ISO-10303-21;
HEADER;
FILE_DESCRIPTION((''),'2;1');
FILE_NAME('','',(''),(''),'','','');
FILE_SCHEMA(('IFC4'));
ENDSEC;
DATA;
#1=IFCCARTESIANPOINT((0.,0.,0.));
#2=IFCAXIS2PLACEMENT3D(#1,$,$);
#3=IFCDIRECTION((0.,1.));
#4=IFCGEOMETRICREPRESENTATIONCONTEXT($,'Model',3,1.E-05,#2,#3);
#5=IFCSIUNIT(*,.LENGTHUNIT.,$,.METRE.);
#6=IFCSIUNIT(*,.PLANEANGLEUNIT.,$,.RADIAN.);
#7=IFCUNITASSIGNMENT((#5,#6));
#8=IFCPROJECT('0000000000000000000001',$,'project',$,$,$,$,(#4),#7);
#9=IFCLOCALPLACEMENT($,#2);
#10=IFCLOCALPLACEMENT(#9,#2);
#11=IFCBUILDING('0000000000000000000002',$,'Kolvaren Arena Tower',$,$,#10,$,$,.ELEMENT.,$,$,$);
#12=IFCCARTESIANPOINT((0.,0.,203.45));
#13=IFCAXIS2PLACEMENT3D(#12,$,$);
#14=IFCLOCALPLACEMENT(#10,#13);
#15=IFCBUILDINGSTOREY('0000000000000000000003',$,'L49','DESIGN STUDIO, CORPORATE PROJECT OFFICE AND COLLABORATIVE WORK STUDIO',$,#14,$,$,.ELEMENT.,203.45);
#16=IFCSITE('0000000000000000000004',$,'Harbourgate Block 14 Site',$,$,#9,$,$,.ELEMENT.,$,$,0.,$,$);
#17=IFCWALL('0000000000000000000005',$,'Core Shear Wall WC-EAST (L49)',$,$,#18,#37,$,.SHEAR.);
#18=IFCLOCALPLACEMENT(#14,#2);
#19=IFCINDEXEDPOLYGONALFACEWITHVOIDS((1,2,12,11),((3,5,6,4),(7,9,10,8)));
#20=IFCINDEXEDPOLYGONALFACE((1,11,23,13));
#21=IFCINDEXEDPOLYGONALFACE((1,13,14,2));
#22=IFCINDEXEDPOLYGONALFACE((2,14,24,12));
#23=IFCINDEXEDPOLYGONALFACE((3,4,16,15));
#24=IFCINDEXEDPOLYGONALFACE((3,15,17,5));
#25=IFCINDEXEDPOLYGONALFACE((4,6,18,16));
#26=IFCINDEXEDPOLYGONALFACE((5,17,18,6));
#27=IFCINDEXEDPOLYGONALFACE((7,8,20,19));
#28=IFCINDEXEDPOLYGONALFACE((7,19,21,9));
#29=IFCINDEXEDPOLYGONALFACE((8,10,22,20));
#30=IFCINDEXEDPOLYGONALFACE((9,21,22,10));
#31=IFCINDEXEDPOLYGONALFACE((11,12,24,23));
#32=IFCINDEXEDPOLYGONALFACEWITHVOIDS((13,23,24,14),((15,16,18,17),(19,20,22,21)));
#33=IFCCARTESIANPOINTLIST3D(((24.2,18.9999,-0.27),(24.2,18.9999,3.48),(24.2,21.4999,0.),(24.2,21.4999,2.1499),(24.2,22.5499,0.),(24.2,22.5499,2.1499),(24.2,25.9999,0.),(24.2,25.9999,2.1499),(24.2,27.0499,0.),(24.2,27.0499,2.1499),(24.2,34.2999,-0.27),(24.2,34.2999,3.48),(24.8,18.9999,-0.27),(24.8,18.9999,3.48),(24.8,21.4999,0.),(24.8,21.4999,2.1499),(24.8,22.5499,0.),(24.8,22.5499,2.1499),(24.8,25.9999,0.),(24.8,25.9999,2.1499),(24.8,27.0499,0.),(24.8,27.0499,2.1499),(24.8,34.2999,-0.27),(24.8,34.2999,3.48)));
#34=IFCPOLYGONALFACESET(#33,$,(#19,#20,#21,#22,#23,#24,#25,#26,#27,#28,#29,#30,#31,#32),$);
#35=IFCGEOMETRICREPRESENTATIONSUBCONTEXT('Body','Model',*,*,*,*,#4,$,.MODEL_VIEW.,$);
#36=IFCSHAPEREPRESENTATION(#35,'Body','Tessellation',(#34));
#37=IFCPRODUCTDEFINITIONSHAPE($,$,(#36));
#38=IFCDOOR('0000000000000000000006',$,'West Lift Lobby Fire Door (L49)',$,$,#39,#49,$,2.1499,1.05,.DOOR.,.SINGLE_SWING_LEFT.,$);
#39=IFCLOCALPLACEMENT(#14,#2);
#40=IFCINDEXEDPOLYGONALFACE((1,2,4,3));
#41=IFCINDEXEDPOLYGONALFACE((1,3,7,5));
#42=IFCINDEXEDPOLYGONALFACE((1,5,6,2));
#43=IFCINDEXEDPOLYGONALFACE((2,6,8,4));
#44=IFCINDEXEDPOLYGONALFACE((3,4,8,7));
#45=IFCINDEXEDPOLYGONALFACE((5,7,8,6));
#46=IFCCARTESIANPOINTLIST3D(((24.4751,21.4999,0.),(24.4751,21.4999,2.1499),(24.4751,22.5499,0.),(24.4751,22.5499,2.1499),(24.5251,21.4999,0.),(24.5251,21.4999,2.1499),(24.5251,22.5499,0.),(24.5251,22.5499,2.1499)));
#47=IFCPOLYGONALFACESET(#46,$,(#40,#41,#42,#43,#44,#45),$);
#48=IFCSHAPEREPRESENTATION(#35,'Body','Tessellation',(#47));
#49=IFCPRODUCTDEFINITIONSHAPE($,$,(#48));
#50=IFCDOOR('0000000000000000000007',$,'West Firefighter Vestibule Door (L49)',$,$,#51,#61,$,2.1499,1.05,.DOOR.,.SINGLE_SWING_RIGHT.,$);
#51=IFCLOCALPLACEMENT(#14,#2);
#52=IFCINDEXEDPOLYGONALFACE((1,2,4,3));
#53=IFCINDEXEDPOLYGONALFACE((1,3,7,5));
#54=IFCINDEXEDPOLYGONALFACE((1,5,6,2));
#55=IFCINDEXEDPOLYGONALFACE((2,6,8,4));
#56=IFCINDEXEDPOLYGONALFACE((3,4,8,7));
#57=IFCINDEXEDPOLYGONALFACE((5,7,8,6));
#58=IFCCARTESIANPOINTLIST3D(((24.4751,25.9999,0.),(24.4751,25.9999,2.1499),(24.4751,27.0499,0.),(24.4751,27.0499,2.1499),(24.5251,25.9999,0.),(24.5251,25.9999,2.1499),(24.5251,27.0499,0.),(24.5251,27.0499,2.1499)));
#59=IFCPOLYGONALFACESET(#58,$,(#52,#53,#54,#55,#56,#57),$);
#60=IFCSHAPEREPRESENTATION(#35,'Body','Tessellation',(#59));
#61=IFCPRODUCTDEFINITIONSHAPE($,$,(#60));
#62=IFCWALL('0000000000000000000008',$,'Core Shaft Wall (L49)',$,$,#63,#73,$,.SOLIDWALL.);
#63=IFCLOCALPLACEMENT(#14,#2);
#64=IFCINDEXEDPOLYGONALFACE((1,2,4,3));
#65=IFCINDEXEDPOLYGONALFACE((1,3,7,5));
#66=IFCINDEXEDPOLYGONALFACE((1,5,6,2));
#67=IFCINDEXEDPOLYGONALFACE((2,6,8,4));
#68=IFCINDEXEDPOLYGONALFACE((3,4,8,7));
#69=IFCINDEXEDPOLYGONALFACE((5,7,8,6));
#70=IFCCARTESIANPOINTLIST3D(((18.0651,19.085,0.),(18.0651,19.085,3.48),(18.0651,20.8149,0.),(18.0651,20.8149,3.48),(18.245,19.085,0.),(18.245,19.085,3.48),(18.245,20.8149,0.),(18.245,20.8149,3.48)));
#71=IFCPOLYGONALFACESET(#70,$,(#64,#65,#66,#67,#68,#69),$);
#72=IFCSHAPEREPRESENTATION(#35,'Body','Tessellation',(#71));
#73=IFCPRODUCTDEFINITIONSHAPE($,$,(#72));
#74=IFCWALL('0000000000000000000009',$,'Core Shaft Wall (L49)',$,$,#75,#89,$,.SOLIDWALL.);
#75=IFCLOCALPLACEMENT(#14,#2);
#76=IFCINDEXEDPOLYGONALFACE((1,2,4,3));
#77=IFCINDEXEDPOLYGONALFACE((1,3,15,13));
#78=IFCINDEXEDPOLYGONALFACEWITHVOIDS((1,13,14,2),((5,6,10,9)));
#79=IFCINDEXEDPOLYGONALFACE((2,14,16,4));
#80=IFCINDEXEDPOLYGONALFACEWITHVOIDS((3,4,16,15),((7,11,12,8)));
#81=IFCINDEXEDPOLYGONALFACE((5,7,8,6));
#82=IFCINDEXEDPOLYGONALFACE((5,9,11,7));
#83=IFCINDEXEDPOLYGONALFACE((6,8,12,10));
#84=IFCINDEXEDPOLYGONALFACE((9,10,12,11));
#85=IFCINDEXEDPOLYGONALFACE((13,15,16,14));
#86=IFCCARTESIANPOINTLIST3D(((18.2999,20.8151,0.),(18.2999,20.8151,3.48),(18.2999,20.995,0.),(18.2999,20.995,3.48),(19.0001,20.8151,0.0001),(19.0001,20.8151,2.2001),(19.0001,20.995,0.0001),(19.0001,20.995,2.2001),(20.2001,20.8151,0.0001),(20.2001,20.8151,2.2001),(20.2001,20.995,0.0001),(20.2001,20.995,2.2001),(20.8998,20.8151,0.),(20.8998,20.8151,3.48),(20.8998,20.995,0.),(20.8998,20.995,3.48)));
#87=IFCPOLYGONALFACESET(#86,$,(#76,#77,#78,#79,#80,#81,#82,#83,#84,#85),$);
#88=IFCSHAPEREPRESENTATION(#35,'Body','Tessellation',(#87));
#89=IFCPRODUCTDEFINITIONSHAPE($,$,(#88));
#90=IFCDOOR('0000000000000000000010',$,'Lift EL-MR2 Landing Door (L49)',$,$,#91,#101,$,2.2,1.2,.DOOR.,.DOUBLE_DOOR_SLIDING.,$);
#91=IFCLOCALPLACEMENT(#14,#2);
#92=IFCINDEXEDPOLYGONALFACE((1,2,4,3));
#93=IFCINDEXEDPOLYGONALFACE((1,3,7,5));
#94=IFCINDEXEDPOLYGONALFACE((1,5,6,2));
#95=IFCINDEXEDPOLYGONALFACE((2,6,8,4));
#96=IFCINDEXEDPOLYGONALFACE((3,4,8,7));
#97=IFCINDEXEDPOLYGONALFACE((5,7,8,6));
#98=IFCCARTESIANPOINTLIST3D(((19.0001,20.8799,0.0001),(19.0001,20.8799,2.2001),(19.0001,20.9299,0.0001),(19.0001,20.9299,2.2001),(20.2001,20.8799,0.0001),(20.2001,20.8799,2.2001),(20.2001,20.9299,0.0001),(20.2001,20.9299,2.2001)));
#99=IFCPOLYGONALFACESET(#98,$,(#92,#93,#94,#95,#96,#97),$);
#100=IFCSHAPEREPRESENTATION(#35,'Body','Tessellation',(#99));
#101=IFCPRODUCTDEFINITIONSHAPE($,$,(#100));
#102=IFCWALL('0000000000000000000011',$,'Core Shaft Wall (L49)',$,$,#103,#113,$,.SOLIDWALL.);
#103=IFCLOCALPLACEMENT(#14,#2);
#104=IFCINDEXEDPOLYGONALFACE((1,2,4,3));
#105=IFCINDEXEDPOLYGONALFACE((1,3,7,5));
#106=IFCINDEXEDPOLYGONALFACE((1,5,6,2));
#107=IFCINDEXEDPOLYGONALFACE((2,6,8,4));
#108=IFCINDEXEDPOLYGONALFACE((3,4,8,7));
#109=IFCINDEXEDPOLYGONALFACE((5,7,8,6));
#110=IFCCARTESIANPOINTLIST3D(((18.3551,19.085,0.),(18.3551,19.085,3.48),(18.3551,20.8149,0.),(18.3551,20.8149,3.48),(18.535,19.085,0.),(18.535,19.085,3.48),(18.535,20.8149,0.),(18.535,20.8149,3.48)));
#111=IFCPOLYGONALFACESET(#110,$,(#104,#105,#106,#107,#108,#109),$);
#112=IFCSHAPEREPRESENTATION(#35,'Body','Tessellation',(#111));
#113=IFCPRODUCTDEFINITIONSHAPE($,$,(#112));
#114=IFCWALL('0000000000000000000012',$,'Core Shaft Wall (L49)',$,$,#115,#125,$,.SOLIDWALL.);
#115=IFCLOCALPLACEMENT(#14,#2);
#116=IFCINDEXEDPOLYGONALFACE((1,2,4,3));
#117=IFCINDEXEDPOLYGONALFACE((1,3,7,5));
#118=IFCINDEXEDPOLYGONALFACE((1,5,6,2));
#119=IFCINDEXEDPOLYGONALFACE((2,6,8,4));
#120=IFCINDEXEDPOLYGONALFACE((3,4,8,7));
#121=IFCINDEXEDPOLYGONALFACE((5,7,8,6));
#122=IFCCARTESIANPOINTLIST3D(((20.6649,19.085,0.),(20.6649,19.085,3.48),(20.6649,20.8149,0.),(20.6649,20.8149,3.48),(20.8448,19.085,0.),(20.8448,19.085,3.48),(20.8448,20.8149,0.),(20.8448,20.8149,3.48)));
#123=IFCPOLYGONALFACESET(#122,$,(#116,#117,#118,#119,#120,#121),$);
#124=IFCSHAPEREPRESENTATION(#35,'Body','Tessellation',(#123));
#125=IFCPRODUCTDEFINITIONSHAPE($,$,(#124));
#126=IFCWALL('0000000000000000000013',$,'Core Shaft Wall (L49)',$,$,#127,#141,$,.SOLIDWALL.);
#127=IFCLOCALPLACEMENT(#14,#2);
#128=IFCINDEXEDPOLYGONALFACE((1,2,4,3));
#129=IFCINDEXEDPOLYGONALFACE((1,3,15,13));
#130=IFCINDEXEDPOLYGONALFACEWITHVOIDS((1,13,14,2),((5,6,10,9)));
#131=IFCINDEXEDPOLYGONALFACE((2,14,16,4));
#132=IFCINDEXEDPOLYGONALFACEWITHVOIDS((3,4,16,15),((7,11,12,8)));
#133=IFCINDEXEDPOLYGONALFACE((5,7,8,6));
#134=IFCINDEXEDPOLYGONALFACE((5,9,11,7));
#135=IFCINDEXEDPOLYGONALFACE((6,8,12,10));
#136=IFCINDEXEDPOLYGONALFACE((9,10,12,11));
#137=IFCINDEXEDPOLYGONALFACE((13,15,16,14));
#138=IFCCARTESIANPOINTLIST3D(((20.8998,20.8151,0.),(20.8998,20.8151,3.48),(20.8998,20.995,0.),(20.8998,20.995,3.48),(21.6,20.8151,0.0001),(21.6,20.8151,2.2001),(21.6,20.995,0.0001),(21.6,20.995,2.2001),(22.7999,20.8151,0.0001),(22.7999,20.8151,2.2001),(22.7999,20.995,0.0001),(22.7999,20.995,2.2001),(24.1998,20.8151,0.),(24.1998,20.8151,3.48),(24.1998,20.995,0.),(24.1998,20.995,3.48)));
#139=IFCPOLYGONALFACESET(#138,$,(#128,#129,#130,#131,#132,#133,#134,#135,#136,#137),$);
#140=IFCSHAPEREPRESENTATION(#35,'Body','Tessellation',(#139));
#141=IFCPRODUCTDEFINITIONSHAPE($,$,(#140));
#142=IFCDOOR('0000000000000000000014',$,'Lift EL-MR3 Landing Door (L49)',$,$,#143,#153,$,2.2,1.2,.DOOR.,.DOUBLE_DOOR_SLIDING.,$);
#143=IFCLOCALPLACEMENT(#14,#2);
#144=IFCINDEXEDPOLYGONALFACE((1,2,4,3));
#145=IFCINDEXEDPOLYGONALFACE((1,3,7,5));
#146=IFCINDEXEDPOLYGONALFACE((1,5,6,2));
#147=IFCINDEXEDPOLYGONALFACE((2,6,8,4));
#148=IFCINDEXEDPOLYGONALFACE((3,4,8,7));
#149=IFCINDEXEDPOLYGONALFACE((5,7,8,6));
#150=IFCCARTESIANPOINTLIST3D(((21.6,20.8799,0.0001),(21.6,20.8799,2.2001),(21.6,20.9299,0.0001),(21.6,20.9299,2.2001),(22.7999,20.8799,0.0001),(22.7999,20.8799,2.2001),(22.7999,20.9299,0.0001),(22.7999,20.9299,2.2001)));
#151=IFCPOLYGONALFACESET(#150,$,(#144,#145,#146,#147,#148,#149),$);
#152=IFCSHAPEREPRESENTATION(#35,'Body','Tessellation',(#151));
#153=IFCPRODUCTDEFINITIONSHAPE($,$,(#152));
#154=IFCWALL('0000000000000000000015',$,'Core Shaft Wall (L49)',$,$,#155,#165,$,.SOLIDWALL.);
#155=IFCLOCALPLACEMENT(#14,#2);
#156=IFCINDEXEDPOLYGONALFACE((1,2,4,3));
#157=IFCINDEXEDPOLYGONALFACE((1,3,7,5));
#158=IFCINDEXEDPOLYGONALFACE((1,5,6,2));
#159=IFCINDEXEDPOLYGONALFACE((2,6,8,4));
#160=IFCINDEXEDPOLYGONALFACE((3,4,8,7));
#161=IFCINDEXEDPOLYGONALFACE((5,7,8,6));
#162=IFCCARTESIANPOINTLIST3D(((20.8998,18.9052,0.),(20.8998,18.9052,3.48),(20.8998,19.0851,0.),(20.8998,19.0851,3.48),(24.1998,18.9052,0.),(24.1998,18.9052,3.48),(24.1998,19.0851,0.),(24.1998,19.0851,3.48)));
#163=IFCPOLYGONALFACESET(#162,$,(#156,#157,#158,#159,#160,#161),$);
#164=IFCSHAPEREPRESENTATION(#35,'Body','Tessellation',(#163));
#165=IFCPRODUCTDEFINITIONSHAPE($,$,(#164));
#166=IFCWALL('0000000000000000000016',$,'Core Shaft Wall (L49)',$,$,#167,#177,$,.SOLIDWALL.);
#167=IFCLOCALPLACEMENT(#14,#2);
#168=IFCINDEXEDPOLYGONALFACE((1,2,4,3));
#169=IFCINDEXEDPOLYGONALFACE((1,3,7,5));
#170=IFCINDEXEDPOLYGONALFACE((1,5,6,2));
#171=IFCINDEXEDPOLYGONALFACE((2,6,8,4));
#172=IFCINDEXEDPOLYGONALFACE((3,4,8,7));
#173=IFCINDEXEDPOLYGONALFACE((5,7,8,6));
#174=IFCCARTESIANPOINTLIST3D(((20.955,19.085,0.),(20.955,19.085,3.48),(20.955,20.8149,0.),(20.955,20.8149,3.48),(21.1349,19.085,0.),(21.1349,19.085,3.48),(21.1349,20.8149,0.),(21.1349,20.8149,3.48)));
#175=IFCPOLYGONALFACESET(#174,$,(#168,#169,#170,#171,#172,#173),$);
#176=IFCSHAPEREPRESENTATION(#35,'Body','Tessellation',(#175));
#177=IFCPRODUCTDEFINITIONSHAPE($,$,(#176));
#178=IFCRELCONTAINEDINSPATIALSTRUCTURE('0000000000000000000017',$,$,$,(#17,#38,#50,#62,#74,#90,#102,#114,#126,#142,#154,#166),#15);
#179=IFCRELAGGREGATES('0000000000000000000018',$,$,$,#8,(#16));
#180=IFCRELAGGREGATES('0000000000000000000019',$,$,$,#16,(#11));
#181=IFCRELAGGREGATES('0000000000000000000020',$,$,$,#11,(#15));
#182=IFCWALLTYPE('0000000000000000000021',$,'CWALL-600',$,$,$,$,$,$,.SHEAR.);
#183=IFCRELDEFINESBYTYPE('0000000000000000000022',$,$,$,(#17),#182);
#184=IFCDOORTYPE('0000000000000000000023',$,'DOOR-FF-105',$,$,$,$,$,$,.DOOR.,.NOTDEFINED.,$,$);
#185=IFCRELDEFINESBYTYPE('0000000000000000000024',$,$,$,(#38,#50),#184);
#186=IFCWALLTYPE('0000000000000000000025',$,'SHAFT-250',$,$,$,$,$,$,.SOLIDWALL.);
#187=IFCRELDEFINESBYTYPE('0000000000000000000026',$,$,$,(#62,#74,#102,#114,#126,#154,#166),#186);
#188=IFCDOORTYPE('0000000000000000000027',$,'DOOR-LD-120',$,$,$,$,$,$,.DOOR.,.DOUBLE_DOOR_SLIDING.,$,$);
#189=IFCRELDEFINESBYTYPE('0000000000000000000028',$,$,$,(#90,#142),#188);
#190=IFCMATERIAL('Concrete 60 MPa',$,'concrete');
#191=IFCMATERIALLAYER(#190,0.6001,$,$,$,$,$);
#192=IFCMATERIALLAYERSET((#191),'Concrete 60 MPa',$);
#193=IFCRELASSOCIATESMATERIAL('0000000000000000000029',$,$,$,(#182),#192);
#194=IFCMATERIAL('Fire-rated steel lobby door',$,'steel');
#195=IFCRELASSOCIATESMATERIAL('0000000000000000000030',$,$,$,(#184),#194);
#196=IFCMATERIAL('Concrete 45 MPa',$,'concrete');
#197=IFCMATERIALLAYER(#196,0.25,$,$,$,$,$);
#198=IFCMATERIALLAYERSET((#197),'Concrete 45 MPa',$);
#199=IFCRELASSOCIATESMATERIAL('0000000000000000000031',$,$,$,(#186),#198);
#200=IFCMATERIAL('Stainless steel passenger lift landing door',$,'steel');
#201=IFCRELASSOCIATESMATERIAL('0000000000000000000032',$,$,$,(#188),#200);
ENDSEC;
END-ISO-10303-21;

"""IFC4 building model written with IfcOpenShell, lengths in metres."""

from ifc_helpers import new_model, si_unit, direction, frame, frame_2d, origin, place, context, subcontext, project, spatial, rectangle, extrude, material, layer, layer_set, type_object, element, fill, save


model = new_model("IFC4")

# Units and contexts
model_context = context("Model", 3, precision=1e-05, world=origin(), true_north=direction((0.0, 1.0)))
body_context = subcontext(model_context, "Body", "Model", "MODEL_VIEW")
ifc_project = project(units=[si_unit("LENGTHUNIT", "METRE"), si_unit("PLANEANGLEUNIT", "RADIAN")], contexts=[model_context])

# Site, building, storey
site_placement = place(None, origin())
site = spatial("IfcSite", under=ifc_project, at=site_placement, Name="Harbourgate Block 14 Site", CompositionType="ELEMENT", RefElevation=0.0)
building_placement = place(site_placement, origin())
building = spatial("IfcBuilding", under=site, at=building_placement, Name="Kolvaren Arena Tower", CompositionType="ELEMENT")
storey_placement = place(building_placement, frame((0.0, 0.0, 203.45)))
storey = spatial("IfcBuildingStorey", under=building, at=storey_placement, Name="L49", Description="DESIGN STUDIO, CORPORATE PROJECT OFFICE AND COLLABORATIVE WORK STUDIO", CompositionType="ELEMENT", Elevation=203.45)

# Wall, openings, doors
ifc_material_1 = material(Name="Concrete 60 MPa", Category="concrete")
ifc_layer_1 = layer(ifc_material_1, 0.6001)
ifc_layer_set_1 = layer_set([ifc_layer_1], Name="Concrete 60 MPa")
wall_type_1 = type_object("IfcWallType", Name="CWALL-600", PredefinedType="SHEAR", material=ifc_layer_set_1)
wall_1_placement = place(storey_placement, frame((24.5, 19.0, -0.27), z_axis=(0.0, 0.0, 1.0), x_axis=(0.0, 1.0, 0.0)))
wall_1 = element("IfcWall", 1, at=wall_1_placement, inside=storey, type_object=wall_type_1, Name="Core Shear Wall WC-EAST (L49)", PredefinedType="SHEAR", context=body_context, shape_type="SweptSolid", body=[
    extrude(rectangle(XDim=15.3, YDim=0.6001, at=frame_2d((7.6499, 0.0))), origin(), (0.0, 0.0, 1.0), 3.75),
])
opening_1_placement = place(wall_1_placement, frame((2.5, 0.0, 0.27)))
opening_1 = element("IfcOpeningElement", 2, at=opening_1_placement, cuts=wall_1, PredefinedType="OPENING", context=body_context, shape_type="SweptSolid", body=[
    extrude(rectangle(XDim=1.05, YDim=2.1499, at=frame_2d((0.5249, 1.075))), frame((0.0, 0.3101, 0.0), z_axis=(0.0, -1.0, 0.0), x_axis=(1.0, 0.0, 0.0)), (0.0, 0.0, 1.0), 0.6201),
])
opening_2_placement = place(wall_1_placement, frame((7.0, 0.0, 0.27)))
opening_2 = element("IfcOpeningElement", 3, at=opening_2_placement, cuts=wall_1, PredefinedType="OPENING", context=body_context, shape_type="SweptSolid", body=[
    extrude(rectangle(XDim=1.05, YDim=2.1499, at=frame_2d((0.5249, 1.075))), frame((0.0, 0.3101, 0.0), z_axis=(0.0, -1.0, 0.0), x_axis=(1.0, 0.0, 0.0)), (0.0, 0.0, 1.0), 0.6201),
])
ifc_material_2 = material(Name="Fire-rated steel lobby door", Category="steel")
door_type_1 = type_object("IfcDoorType", Name="DOOR-FF-105", OperationType="NOTDEFINED", PredefinedType="DOOR", material=ifc_material_2)
door_1_placement = place(opening_1_placement, origin())
door_1 = element("IfcDoor", 4, at=door_1_placement, inside=storey, type_object=door_type_1, Name="West Lift Lobby Fire Door (L49)", OperationType="SINGLE_SWING_LEFT", OverallHeight=2.1499, OverallWidth=1.05, PredefinedType="DOOR", context=body_context, shape_type="SweptSolid", body=[
    extrude(rectangle(XDim=1.05, YDim=2.1499, at=frame_2d((0.5249, 1.075))), frame((0.0, 0.0249, 0.0), z_axis=(0.0, -1.0, 0.0), x_axis=(1.0, 0.0, 0.0)), (0.0, 0.0, 1.0), 0.05),
])
fill(opening_1, door_1)
door_2_placement = place(opening_2_placement, origin())
door_2 = element("IfcDoor", 5, at=door_2_placement, inside=storey, type_object=door_type_1, Name="West Firefighter Vestibule Door (L49)", OperationType="SINGLE_SWING_RIGHT", OverallHeight=2.1499, OverallWidth=1.05, PredefinedType="DOOR", context=body_context, shape_type="SweptSolid", body=[
    extrude(rectangle(XDim=1.05, YDim=2.1499, at=frame_2d((0.5249, 1.075))), frame((0.0, 0.0249, 0.0), z_axis=(0.0, -1.0, 0.0), x_axis=(1.0, 0.0, 0.0)), (0.0, 0.0, 1.0), 0.05),
])
fill(opening_2, door_2)

# Wall
ifc_material_3 = material(Name="Concrete 45 MPa", Category="concrete")
ifc_layer_2 = layer(ifc_material_3, 0.25)
ifc_layer_set_2 = layer_set([ifc_layer_2], Name="Concrete 45 MPa")
wall_type_2 = type_object("IfcWallType", Name="SHAFT-250", PredefinedType="SOLIDWALL", material=ifc_layer_set_2)
wall_2_placement = place(storey_placement, frame((18.155, 19.085, 0.0), z_axis=(0.0, 0.0, 1.0), x_axis=(0.0, 1.0, 0.0)))
element("IfcWall", 6, at=wall_2_placement, inside=storey, type_object=wall_type_2, Name="Core Shaft Wall (L49)", PredefinedType="SOLIDWALL", context=body_context, shape_type="SweptSolid", body=[
    extrude(rectangle(XDim=1.73, YDim=0.1799, at=frame_2d((0.865, 0.0))), origin(), (0.0, 0.0, 1.0), 3.48),
])

# Wall, opening, door
wall_3_placement = place(storey_placement, frame((18.3, 20.905, 0.0), z_axis=(0.0, 0.0, 1.0), x_axis=(1.0, 0.0, 0.0)))
wall_3 = element("IfcWall", 7, at=wall_3_placement, inside=storey, type_object=wall_type_2, Name="Core Shaft Wall (L49)", PredefinedType="SOLIDWALL", context=body_context, shape_type="SweptSolid", body=[
    extrude(rectangle(XDim=2.5999, YDim=0.1799, at=frame_2d((1.2998, 0.0))), origin(), (0.0, 0.0, 1.0), 3.48),
])
opening_3_placement = place(wall_3_placement, frame((0.7, 0.0, 0.0)))
opening_3 = element("IfcOpeningElement", 8, at=opening_3_placement, cuts=wall_3, PredefinedType="OPENING", context=body_context, shape_type="SweptSolid", body=[
    extrude(rectangle(XDim=1.2, YDim=2.2, at=frame_2d((0.6001, 1.1001))), frame((0.0, 0.0999, 0.0), z_axis=(0.0, -1.0, 0.0), x_axis=(1.0, 0.0, 0.0)), (0.0, 0.0, 1.0), 0.2),
])
ifc_material_4 = material(Name="Stainless steel passenger lift landing door", Category="steel")
door_type_2 = type_object("IfcDoorType", Name="DOOR-LD-120", OperationType="DOUBLE_DOOR_SLIDING", PredefinedType="DOOR", material=ifc_material_4)
door_3_placement = place(opening_3_placement, origin())
door_3 = element("IfcDoor", 9, at=door_3_placement, inside=storey, type_object=door_type_2, Name="Lift EL-MR2 Landing Door (L49)", OperationType="DOUBLE_DOOR_SLIDING", OverallHeight=2.2, OverallWidth=1.2, PredefinedType="DOOR", context=body_context, shape_type="SweptSolid", body=[
    extrude(rectangle(XDim=1.2, YDim=2.2, at=frame_2d((0.6001, 1.1001))), frame((0.0, 0.0249, 0.0), z_axis=(0.0, -1.0, 0.0), x_axis=(1.0, 0.0, 0.0)), (0.0, 0.0, 1.0), 0.05),
])
fill(opening_3, door_3)

# Walls
for number, where, z_axis, x_axis, name in (
    (10, (18.4451, 19.085, 0.0), (0.0, 0.0, 1.0), (0.0, 1.0, 0.0), "Core Shaft Wall (L49)"),
    (11, (20.7549, 19.085, 0.0), (0.0, 0.0, 1.0), (0.0, 1.0, 0.0), "Core Shaft Wall (L49)"),
):
    element("IfcWall", number, at=place(storey_placement, frame(where, z_axis=z_axis, x_axis=x_axis)), inside=storey, type_object=wall_type_2, Name=name, PredefinedType="SOLIDWALL", context=body_context, shape_type="SweptSolid", body=[
        extrude(rectangle(XDim=1.73, YDim=0.1799, at=frame_2d((0.865, 0.0))), origin(), (0.0, 0.0, 1.0), 3.48),
    ])

# Wall, opening, door
wall_4_placement = place(storey_placement, frame((20.8999, 20.905, 0.0), z_axis=(0.0, 0.0, 1.0), x_axis=(1.0, 0.0, 0.0)))
wall_4 = element("IfcWall", 12, at=wall_4_placement, inside=storey, type_object=wall_type_2, Name="Core Shaft Wall (L49)", PredefinedType="SOLIDWALL", context=body_context, shape_type="SweptSolid", body=[
    extrude(rectangle(XDim=3.3, YDim=0.1799, at=frame_2d((1.6499, 0.0))), origin(), (0.0, 0.0, 1.0), 3.48),
])
opening_4_placement = place(wall_4_placement, frame((0.7, 0.0, 0.0)))
opening_4 = element("IfcOpeningElement", 13, at=opening_4_placement, cuts=wall_4, PredefinedType="OPENING", context=body_context, shape_type="SweptSolid", body=[
    extrude(rectangle(XDim=1.2, YDim=2.2, at=frame_2d((0.6001, 1.1001))), frame((0.0, 0.0999, 0.0), z_axis=(0.0, -1.0, 0.0), x_axis=(1.0, 0.0, 0.0)), (0.0, 0.0, 1.0), 0.2),
])
door_4_placement = place(opening_4_placement, origin())
door_4 = element("IfcDoor", 14, at=door_4_placement, inside=storey, type_object=door_type_2, Name="Lift EL-MR3 Landing Door (L49)", OperationType="DOUBLE_DOOR_SLIDING", OverallHeight=2.2, OverallWidth=1.2, PredefinedType="DOOR", context=body_context, shape_type="SweptSolid", body=[
    extrude(rectangle(XDim=1.2, YDim=2.2, at=frame_2d((0.6001, 1.1001))), frame((0.0, 0.0249, 0.0), z_axis=(0.0, -1.0, 0.0), x_axis=(1.0, 0.0, 0.0)), (0.0, 0.0, 1.0), 0.05),
])
fill(opening_4, door_4)

# Walls
wall_5_placement = place(storey_placement, frame((20.8999, 18.9951, 0.0), z_axis=(0.0, 0.0, 1.0), x_axis=(1.0, 0.0, 0.0)))
element("IfcWall", 15, at=wall_5_placement, inside=storey, type_object=wall_type_2, Name="Core Shaft Wall (L49)", PredefinedType="SOLIDWALL", context=body_context, shape_type="SweptSolid", body=[
    extrude(rectangle(XDim=3.3, YDim=0.1799, at=frame_2d((1.6499, 0.0))), origin(), (0.0, 0.0, 1.0), 3.48),
])
for number, where, z_axis, x_axis, name in (
    (16, (21.0449, 19.085, 0.0), (0.0, 0.0, 1.0), (0.0, 1.0, 0.0), "Core Shaft Wall (L49)"),
):
    element("IfcWall", number, at=place(storey_placement, frame(where, z_axis=z_axis, x_axis=x_axis)), inside=storey, type_object=wall_type_2, Name=name, PredefinedType="SOLIDWALL", context=body_context, shape_type="SweptSolid", body=[
        extrude(rectangle(XDim=1.73, YDim=0.1799, at=frame_2d((0.865, 0.0))), origin(), (0.0, 0.0, 1.0), 3.48),
    ])

save(model, "model.ifc")
